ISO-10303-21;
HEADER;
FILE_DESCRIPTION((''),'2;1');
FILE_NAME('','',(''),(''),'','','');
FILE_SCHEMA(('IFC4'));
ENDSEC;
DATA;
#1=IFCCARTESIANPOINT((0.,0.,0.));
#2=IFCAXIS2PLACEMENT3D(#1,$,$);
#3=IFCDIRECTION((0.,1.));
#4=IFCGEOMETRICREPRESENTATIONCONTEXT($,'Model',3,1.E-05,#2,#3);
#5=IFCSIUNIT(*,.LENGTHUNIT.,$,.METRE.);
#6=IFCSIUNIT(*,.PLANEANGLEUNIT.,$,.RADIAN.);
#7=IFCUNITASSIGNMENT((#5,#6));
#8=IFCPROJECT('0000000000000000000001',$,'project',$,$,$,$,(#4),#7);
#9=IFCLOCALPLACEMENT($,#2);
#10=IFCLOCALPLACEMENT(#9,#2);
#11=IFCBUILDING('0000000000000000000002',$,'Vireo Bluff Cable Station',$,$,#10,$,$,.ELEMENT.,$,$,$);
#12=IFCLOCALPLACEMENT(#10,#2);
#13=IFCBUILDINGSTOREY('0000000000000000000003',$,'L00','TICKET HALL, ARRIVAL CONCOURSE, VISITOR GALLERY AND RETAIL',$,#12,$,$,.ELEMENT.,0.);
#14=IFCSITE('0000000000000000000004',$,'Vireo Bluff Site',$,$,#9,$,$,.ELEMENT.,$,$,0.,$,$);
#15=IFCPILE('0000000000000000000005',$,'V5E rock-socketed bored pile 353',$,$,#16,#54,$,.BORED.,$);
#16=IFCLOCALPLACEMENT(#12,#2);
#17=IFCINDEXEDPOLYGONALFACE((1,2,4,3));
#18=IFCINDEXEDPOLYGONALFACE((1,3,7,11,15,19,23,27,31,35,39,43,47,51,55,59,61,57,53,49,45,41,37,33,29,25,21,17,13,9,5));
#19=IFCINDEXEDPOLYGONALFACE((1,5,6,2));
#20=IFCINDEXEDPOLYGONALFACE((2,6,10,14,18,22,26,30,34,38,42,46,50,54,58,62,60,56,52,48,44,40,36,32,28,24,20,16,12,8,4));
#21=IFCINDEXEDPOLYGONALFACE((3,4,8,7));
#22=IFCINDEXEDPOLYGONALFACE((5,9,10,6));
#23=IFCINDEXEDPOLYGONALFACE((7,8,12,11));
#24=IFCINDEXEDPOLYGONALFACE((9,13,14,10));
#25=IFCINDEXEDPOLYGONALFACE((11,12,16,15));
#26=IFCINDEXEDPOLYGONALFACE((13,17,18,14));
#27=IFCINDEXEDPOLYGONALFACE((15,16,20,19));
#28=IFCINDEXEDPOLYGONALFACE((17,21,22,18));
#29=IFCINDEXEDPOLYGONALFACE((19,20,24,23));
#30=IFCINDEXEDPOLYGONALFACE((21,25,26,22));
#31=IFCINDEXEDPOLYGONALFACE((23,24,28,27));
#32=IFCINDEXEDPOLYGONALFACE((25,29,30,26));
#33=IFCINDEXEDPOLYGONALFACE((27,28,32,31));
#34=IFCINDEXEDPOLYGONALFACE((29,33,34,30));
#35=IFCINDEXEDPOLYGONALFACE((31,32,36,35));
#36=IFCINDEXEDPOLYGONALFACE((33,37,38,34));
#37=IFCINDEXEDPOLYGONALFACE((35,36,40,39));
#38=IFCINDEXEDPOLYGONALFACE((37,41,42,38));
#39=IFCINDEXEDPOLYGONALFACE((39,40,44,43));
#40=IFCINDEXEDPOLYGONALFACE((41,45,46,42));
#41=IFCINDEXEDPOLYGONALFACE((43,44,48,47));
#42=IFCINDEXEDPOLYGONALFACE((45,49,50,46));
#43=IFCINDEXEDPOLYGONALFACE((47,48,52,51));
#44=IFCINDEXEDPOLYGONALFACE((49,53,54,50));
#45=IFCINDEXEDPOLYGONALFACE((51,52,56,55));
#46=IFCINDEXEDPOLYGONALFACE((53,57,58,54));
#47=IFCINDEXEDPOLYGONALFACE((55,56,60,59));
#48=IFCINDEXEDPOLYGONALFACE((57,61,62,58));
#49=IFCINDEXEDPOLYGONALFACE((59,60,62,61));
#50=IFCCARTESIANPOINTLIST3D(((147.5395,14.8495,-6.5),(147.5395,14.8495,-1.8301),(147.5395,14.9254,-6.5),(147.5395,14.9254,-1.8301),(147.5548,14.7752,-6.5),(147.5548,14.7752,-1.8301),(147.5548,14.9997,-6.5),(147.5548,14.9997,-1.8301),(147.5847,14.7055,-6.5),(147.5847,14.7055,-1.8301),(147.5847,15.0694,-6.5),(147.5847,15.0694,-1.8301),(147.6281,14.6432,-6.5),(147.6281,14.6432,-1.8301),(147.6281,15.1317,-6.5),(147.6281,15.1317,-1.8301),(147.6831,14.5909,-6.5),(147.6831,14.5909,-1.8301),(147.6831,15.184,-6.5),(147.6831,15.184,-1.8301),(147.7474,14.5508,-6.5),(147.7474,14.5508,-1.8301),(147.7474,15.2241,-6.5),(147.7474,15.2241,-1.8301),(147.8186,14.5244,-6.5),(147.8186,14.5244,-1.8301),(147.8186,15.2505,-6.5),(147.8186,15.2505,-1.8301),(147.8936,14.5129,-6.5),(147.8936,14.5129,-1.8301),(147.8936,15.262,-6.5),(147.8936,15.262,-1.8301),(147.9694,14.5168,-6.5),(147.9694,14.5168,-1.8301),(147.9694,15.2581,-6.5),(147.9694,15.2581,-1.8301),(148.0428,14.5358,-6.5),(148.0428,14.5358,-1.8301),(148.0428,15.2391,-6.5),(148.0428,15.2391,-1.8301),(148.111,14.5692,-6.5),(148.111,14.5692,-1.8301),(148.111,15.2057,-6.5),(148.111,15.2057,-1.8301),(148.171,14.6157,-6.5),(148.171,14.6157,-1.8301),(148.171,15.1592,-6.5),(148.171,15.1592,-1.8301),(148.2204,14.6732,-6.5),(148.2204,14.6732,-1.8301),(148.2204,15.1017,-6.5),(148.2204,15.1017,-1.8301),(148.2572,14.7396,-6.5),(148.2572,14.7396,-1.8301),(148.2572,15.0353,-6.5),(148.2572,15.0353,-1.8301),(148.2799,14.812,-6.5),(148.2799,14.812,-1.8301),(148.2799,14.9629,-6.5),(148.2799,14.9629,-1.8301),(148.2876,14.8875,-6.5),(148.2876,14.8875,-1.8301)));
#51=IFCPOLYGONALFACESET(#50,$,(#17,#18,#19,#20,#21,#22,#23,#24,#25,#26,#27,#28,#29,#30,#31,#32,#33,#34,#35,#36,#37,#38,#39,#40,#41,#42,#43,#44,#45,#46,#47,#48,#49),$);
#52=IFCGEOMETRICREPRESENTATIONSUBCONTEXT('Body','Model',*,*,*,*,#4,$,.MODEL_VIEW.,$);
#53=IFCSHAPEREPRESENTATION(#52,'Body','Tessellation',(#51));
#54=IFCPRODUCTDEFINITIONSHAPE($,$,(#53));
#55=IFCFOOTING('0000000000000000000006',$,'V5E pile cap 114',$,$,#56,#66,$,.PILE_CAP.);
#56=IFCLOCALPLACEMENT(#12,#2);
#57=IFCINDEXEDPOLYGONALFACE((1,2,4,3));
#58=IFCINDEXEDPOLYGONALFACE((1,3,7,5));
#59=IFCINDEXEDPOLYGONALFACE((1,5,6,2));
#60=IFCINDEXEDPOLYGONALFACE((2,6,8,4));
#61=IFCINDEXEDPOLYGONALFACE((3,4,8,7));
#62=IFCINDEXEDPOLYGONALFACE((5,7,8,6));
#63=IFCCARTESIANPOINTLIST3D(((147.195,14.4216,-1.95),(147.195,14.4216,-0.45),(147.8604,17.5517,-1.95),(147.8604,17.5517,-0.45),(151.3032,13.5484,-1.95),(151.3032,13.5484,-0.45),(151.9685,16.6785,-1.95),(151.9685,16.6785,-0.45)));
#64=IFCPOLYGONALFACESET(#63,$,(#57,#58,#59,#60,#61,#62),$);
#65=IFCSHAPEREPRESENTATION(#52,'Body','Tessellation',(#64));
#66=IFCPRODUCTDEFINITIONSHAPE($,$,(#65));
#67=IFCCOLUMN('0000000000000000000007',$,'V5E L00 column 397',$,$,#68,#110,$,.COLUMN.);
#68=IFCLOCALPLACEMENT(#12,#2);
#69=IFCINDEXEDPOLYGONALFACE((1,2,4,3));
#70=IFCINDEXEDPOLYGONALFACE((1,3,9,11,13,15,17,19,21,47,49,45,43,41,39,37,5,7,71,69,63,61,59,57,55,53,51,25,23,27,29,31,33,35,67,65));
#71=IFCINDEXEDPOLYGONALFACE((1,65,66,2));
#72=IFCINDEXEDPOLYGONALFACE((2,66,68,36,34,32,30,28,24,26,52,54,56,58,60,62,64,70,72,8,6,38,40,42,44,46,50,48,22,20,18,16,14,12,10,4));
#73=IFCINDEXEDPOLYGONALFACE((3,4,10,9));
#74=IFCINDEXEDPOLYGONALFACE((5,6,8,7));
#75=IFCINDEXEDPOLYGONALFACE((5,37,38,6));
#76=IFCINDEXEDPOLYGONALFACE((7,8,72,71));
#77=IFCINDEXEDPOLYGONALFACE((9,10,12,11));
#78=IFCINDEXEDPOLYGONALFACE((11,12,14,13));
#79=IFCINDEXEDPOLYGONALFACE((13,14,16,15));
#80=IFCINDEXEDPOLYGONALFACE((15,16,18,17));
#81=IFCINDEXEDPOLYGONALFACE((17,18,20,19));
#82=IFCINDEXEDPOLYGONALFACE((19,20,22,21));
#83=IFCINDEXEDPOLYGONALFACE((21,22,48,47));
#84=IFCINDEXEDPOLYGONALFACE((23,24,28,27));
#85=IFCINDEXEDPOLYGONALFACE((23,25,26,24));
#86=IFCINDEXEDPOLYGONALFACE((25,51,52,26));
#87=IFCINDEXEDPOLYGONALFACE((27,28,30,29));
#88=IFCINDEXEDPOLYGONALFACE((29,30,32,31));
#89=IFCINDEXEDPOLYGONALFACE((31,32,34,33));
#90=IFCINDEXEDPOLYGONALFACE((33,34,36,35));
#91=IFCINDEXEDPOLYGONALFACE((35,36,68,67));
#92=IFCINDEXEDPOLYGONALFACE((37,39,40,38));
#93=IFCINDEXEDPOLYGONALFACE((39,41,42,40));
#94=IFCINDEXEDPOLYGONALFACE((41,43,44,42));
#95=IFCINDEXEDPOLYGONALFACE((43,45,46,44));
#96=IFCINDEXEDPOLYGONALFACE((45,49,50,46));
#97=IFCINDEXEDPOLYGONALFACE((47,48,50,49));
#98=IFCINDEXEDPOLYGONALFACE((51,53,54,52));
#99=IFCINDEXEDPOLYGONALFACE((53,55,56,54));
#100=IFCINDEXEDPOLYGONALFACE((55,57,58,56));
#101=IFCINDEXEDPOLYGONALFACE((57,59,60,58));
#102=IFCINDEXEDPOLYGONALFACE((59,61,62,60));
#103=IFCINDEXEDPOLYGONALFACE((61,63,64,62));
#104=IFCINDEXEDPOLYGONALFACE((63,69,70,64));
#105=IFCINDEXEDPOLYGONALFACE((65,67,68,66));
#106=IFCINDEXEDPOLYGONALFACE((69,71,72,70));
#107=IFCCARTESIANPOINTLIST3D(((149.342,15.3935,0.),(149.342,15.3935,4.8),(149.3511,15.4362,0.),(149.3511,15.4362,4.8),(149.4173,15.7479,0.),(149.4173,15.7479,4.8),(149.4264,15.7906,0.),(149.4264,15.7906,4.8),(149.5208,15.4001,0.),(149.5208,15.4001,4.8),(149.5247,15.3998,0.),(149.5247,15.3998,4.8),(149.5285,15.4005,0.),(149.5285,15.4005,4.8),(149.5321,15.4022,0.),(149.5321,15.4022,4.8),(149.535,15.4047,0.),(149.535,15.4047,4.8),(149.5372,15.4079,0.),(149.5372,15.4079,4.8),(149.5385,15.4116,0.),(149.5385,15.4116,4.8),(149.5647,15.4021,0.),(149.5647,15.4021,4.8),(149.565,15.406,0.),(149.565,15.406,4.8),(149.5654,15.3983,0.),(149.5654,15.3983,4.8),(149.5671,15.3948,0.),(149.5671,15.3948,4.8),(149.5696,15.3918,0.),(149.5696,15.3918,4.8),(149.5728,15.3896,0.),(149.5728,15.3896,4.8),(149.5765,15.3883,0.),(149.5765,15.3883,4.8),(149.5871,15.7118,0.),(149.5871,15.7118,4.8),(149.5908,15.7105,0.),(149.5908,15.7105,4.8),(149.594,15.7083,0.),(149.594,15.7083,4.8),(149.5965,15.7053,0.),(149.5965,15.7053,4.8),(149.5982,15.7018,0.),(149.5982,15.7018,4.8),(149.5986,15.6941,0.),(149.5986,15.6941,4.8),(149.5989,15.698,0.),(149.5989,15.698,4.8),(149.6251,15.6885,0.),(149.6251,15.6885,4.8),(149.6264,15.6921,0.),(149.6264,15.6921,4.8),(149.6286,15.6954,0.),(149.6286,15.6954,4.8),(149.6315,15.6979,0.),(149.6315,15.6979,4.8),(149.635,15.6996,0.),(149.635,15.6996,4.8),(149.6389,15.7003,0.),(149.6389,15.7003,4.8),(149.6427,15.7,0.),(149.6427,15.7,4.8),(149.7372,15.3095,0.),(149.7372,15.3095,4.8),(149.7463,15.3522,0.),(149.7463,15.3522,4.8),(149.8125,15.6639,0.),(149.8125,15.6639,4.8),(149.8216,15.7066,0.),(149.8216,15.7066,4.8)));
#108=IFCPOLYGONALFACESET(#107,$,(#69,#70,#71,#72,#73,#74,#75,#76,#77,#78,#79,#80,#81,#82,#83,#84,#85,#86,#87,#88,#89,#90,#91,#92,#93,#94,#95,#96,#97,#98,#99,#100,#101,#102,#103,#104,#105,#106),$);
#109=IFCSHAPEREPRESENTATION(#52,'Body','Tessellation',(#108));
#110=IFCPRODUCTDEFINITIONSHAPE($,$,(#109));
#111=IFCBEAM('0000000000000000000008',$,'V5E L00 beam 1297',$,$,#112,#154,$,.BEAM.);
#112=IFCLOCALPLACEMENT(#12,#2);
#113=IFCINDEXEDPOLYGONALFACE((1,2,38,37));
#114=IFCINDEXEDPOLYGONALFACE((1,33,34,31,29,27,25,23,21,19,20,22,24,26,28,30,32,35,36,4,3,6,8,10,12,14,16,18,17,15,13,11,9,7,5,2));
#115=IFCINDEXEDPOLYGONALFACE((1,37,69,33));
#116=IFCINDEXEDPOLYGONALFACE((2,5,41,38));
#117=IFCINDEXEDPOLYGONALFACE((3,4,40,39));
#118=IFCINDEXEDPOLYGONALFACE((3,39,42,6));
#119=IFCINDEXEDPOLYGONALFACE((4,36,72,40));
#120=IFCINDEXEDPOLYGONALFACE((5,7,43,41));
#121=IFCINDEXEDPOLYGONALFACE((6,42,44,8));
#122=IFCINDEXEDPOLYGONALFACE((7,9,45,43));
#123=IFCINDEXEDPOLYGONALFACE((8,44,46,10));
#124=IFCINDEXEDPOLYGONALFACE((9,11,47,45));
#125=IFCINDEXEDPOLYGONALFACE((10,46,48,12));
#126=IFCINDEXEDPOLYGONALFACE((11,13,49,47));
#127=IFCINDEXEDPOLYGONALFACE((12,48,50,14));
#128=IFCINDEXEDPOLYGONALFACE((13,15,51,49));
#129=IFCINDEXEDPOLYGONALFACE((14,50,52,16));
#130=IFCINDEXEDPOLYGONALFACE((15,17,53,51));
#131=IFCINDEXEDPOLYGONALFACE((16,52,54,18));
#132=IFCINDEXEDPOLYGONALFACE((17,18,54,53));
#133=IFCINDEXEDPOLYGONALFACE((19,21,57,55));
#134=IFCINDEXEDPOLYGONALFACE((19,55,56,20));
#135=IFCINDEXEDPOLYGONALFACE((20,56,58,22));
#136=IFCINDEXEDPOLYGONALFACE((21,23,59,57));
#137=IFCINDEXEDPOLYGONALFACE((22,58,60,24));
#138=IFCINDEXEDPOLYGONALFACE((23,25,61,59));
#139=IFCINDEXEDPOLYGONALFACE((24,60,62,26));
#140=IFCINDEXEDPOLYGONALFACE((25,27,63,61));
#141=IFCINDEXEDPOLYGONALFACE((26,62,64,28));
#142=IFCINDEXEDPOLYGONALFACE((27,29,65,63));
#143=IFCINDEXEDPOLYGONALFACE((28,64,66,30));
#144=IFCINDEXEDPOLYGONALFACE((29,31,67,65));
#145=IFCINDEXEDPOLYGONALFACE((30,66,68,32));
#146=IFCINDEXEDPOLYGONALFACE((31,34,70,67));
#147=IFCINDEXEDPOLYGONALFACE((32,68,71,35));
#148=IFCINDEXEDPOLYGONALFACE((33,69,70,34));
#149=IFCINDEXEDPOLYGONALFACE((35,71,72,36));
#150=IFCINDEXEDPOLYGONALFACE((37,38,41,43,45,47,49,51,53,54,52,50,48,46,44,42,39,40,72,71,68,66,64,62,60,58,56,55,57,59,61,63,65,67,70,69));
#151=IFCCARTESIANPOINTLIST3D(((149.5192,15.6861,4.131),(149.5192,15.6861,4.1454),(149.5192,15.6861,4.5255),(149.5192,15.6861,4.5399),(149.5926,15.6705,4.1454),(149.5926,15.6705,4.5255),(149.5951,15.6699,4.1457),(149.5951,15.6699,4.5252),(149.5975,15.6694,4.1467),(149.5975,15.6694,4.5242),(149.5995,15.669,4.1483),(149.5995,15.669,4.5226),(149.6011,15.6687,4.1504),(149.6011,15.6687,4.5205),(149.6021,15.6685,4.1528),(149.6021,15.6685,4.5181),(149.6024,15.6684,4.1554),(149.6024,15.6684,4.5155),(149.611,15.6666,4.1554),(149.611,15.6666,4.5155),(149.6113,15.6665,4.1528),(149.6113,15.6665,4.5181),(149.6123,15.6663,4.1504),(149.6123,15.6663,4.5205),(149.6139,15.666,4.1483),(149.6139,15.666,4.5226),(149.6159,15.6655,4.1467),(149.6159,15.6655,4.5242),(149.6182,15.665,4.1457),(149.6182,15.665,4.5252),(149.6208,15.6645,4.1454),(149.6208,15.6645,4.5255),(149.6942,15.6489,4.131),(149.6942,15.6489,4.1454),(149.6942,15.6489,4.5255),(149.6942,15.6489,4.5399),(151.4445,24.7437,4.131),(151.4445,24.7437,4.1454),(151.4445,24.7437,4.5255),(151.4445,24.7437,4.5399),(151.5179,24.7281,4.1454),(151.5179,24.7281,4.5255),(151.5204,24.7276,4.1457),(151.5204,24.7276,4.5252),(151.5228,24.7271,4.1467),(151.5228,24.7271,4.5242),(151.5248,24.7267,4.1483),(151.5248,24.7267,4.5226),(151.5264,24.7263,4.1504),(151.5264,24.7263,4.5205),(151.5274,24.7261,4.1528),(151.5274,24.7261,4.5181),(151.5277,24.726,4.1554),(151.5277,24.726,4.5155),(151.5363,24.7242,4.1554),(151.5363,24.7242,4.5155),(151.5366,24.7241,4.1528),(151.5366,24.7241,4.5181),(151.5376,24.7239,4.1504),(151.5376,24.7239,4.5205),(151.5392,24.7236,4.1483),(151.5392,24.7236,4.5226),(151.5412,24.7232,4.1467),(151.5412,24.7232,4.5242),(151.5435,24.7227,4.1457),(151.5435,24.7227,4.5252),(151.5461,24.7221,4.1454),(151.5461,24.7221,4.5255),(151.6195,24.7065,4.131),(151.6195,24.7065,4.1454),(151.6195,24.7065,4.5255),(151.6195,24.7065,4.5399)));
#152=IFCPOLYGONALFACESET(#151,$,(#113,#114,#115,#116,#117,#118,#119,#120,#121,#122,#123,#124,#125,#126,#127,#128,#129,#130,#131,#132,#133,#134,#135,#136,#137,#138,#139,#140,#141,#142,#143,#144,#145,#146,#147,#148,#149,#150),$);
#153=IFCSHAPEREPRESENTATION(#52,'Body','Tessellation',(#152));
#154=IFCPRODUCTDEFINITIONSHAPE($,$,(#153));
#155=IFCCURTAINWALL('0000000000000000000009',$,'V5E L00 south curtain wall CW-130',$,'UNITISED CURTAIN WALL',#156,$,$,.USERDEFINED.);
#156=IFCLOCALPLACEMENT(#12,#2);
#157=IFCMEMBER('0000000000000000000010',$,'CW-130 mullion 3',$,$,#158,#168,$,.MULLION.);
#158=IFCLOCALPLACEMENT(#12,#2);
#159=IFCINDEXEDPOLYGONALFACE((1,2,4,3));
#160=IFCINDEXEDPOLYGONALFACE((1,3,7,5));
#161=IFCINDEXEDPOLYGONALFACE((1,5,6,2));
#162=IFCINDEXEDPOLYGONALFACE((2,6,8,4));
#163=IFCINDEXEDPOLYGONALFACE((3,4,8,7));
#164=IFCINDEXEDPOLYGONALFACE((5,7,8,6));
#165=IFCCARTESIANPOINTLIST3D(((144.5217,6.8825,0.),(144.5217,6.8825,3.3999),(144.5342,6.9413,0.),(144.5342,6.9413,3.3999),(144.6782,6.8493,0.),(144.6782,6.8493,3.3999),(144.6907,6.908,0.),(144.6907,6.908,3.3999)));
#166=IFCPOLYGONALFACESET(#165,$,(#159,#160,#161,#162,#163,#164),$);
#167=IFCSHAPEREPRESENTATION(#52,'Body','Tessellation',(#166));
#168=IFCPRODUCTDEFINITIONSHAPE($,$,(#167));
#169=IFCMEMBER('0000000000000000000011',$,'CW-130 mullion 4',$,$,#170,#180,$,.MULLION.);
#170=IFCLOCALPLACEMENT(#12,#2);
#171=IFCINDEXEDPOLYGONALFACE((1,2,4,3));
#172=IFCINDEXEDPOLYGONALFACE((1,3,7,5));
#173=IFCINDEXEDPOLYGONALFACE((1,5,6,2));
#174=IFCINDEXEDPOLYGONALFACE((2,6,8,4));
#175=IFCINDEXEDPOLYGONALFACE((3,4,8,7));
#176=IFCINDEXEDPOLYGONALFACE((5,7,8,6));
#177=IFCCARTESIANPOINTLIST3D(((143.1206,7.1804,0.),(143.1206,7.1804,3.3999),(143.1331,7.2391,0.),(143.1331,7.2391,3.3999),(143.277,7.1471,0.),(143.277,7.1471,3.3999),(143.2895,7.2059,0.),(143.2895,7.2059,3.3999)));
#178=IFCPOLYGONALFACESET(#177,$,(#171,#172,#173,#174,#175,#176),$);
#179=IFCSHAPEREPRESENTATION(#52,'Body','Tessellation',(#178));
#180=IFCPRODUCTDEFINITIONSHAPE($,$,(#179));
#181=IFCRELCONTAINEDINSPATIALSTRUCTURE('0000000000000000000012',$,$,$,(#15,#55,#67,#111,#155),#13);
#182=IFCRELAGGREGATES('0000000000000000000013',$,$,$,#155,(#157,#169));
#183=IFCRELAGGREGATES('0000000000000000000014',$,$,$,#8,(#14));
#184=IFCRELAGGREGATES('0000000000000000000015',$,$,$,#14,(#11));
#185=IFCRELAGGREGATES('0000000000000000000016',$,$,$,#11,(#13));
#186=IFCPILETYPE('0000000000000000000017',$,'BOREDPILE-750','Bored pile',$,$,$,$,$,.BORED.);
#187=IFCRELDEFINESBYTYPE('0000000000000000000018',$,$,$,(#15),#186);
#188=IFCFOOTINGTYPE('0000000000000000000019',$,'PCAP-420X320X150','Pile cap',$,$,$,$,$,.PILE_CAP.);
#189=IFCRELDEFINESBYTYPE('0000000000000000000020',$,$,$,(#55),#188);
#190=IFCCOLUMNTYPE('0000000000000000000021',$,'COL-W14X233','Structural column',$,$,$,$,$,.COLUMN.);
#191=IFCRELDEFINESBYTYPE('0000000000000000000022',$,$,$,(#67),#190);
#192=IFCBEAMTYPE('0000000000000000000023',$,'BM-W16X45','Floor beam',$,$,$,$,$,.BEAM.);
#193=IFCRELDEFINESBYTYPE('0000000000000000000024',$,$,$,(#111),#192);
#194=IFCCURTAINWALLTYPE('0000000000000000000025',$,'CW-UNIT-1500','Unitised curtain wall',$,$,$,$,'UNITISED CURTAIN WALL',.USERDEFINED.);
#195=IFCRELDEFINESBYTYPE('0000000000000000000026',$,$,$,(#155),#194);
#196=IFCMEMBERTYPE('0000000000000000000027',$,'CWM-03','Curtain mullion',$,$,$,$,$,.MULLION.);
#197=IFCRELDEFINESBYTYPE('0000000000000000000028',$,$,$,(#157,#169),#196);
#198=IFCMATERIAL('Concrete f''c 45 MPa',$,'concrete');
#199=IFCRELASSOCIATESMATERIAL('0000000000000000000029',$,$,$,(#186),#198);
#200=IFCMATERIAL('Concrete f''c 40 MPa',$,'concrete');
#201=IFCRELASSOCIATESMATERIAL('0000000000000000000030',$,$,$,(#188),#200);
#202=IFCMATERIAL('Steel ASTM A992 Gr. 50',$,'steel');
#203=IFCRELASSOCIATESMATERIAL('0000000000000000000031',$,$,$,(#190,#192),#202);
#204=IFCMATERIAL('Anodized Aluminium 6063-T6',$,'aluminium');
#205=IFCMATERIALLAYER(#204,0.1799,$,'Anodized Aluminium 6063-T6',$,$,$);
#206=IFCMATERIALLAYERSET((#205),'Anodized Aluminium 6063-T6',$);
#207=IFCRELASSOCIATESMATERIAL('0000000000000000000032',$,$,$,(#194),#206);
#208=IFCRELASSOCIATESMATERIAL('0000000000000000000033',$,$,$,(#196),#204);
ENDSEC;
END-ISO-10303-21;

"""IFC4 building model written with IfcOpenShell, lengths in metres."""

from ifc_helpers import new_model, si_unit, direction, frame, origin, origin_2d, place, context, subcontext, project, spatial, rectangle, circle, i_section, extrude, material, layer, layer_set, material_profile, profile_set, type_object, element, aggregate, save


model = new_model("IFC4")

# Units and contexts
model_context = context("Model", 3, precision=1e-05, world=origin(), true_north=direction((0.0, 1.0)))
body_context = subcontext(model_context, "Body", "Model", "MODEL_VIEW")
ifc_project = project(units=[si_unit("LENGTHUNIT", "METRE"), si_unit("PLANEANGLEUNIT", "RADIAN")], contexts=[model_context])

# Site, building, storey
site_placement = place(None, origin())
site = spatial("IfcSite", under=ifc_project, at=site_placement, Name="Vireo Bluff Site", CompositionType="ELEMENT", RefElevation=0.0)
building_placement = place(site_placement, origin())
building = spatial("IfcBuilding", under=site, at=building_placement, Name="Vireo Bluff Cable Station", CompositionType="ELEMENT")
storey_placement = place(building_placement, origin())
storey = spatial("IfcBuildingStorey", under=building, at=storey_placement, Name="L00", Description="TICKET HALL, ARRIVAL CONCOURSE, VISITOR GALLERY AND RETAIL", CompositionType="ELEMENT", Elevation=0.0)

# Pile
ifc_material_1 = material(Name="Concrete f'c 45 MPa", Category="concrete")
ifc_material_profile_1 = material_profile(ifc_material_1, circle(Radius=0.375, at=origin_2d()), Name="BOREDPILE-750")
ifc_profile_set_1 = profile_set([ifc_material_profile_1], Name="Concrete f'c 45 MPa")
pile_type = type_object("IfcPileType", Name="BOREDPILE-750", Description="Bored pile", PredefinedType="BORED", material=ifc_profile_set_1)
pile_placement = place(storey_placement, frame((147.9126, 14.8875, -1.8301), z_axis=(0.0, 0.0, -1.0), x_axis=(1.0, 0.0, 0.0)))
element("IfcPile", 1, at=pile_placement, inside=storey, type_object=pile_type, Name="V5E rock-socketed bored pile 353", PredefinedType="BORED", context=body_context, shape_type="SweptSolid", body=[
    extrude(circle(Radius=0.375, at=origin_2d()), origin(), (0.0, 0.0, 1.0), 4.6699),
])

# Footing
ifc_material_2 = material(Name="Concrete f'c 40 MPa", Category="concrete")
footing_type = type_object("IfcFootingType", Name="PCAP-420X320X150", Description="Pile cap", PredefinedType="PILE_CAP", material=ifc_material_2)
footing_placement = place(storey_placement, frame((149.5818, 15.55, -1.95), z_axis=(0.0, 0.0, 1.0), x_axis=(0.978148, -0.207912, 0.0)))
element("IfcFooting", 2, at=footing_placement, inside=storey, type_object=footing_type, Name="V5E pile cap 114", PredefinedType="PILE_CAP", context=body_context, shape_type="SweptSolid", body=[
    extrude(rectangle(XDim=4.2, YDim=3.2, at=origin_2d()), origin(), (0.0, 0.0, 1.0), 1.5),
])

# Column
ifc_material_3 = material(Name="Steel ASTM A992 Gr. 50", Category="steel")
ifc_material_profile_2 = material_profile(ifc_material_3, i_section(OverallWidth=0.4041, OverallDepth=0.406, WebThickness=0.0271, FlangeThickness=0.0437, FilletRadius=0.0149, at=origin_2d()), Name="W14X233")
ifc_profile_set_2 = profile_set([ifc_material_profile_2], Name="Steel ASTM A992 Gr. 50")
column_type = type_object("IfcColumnType", Name="COL-W14X233", Description="Structural column", PredefinedType="COLUMN", material=ifc_profile_set_2)
column_placement = place(storey_placement, frame((149.5818, 15.55, 0.0), z_axis=(0.0, 0.0, 1.0), x_axis=(0.978148, -0.207912, 0.0)))
element("IfcColumn", 3, at=column_placement, inside=storey, type_object=column_type, Name="V5E L00 column 397", PredefinedType="COLUMN", context=body_context, shape_type="SweptSolid", body=[
    extrude(i_section(OverallWidth=0.4041, OverallDepth=0.406, WebThickness=0.0271, FlangeThickness=0.0437, FilletRadius=0.0149, at=origin_2d()), origin(), (0.0, 0.0, 1.0), 4.8),
])

# Beam
ifc_material_profile_3 = material_profile(ifc_material_3, i_section(OverallWidth=0.179, OverallDepth=0.4089, WebThickness=0.0088, FlangeThickness=0.0144, FilletRadius=0.01, at=origin_2d()), Name="W16X45")
ifc_profile_set_3 = profile_set([ifc_material_profile_3], Name="Steel ASTM A992 Gr. 50")
beam_type_1 = type_object("IfcBeamType", Name="BM-W16X45", Description="Floor beam", PredefinedType="BEAM", material=ifc_profile_set_3)
beam_1_placement = place(storey_placement, frame((149.6067, 15.6675, 4.3354), z_axis=(0.207916, 0.978147, 0.0), x_axis=(-0.978147, 0.207916, 0.0)))
element("IfcBeam", 4, at=beam_1_placement, inside=storey, type_object=beam_type_1, Name="V5E L00 beam 1297", PredefinedType="BEAM", context=body_context, shape_type="SweptSolid", body=[
    extrude(i_section(OverallWidth=0.179, OverallDepth=0.4089, WebThickness=0.0088, FlangeThickness=0.0144, FilletRadius=0.01, at=origin_2d()), origin(), (0.0, 0.0, 1.0), 9.26),
])

# Curtain wall, members
ifc_material_4 = material(Name="Anodized Aluminium 6063-T6", Category="aluminium")
ifc_layer_1 = layer(ifc_material_4, 0.1799, Name="Anodized Aluminium 6063-T6")
ifc_layer_set_1 = layer_set([ifc_layer_1], Name="Anodized Aluminium 6063-T6")
curtain_wall_type = type_object("IfcCurtainWallType", Name="CW-UNIT-1500", Description="Unitised curtain wall", ElementType="UNITISED CURTAIN WALL", PredefinedType="USERDEFINED", material=ifc_layer_set_1)
curtain_wall_placement = place(storey_placement, origin())
curtain_wall = element("IfcCurtainWall", 5, at=curtain_wall_placement, inside=storey, type_object=curtain_wall_type, Name="V5E L00 south curtain wall CW-130", ObjectType="UNITISED CURTAIN WALL", PredefinedType="USERDEFINED")
ifc_material_profile_4 = material_profile(ifc_material_4, rectangle(XDim=0.0601, YDim=0.1599, at=origin_2d()), Name="ALU-M-60X160")
ifc_profile_set_4 = profile_set([ifc_material_profile_4], Name="Anodized Aluminium 6063-T6")
member_type_1 = type_object("IfcMemberType", Name="CWM-03", Description="Curtain mullion", PredefinedType="MULLION", material=ifc_profile_set_4)
member_1_placement = place(storey_placement, frame((144.6062, 6.8953, 0.0), z_axis=(0.0, 0.0, 1.0), x_axis=(-0.207912, -0.978148, 0.0)))
member_1 = element("IfcMember", 6, at=member_1_placement, type_object=member_type_1, Name="CW-130 mullion 3", PredefinedType="MULLION", context=body_context, shape_type="SweptSolid", body=[
    extrude(rectangle(XDim=0.0601, YDim=0.1599, at=origin_2d()), origin(), (0.0, 0.0, 1.0), 3.3999),
])
member_2_placement = place(storey_placement, frame((143.2051, 7.1931, 0.0), z_axis=(0.0, 0.0, 1.0), x_axis=(-0.207912, -0.978148, 0.0)))
member_2 = element("IfcMember", 7, at=member_2_placement, type_object=member_type_1, Name="CW-130 mullion 4", PredefinedType="MULLION", context=body_context, shape_type="SweptSolid", body=[
    extrude(rectangle(XDim=0.0601, YDim=0.1599, at=origin_2d()), origin(), (0.0, 0.0, 1.0), 3.3999),
])

aggregate(curtain_wall, [member_1, member_2])

save(model, "model.ifc")
